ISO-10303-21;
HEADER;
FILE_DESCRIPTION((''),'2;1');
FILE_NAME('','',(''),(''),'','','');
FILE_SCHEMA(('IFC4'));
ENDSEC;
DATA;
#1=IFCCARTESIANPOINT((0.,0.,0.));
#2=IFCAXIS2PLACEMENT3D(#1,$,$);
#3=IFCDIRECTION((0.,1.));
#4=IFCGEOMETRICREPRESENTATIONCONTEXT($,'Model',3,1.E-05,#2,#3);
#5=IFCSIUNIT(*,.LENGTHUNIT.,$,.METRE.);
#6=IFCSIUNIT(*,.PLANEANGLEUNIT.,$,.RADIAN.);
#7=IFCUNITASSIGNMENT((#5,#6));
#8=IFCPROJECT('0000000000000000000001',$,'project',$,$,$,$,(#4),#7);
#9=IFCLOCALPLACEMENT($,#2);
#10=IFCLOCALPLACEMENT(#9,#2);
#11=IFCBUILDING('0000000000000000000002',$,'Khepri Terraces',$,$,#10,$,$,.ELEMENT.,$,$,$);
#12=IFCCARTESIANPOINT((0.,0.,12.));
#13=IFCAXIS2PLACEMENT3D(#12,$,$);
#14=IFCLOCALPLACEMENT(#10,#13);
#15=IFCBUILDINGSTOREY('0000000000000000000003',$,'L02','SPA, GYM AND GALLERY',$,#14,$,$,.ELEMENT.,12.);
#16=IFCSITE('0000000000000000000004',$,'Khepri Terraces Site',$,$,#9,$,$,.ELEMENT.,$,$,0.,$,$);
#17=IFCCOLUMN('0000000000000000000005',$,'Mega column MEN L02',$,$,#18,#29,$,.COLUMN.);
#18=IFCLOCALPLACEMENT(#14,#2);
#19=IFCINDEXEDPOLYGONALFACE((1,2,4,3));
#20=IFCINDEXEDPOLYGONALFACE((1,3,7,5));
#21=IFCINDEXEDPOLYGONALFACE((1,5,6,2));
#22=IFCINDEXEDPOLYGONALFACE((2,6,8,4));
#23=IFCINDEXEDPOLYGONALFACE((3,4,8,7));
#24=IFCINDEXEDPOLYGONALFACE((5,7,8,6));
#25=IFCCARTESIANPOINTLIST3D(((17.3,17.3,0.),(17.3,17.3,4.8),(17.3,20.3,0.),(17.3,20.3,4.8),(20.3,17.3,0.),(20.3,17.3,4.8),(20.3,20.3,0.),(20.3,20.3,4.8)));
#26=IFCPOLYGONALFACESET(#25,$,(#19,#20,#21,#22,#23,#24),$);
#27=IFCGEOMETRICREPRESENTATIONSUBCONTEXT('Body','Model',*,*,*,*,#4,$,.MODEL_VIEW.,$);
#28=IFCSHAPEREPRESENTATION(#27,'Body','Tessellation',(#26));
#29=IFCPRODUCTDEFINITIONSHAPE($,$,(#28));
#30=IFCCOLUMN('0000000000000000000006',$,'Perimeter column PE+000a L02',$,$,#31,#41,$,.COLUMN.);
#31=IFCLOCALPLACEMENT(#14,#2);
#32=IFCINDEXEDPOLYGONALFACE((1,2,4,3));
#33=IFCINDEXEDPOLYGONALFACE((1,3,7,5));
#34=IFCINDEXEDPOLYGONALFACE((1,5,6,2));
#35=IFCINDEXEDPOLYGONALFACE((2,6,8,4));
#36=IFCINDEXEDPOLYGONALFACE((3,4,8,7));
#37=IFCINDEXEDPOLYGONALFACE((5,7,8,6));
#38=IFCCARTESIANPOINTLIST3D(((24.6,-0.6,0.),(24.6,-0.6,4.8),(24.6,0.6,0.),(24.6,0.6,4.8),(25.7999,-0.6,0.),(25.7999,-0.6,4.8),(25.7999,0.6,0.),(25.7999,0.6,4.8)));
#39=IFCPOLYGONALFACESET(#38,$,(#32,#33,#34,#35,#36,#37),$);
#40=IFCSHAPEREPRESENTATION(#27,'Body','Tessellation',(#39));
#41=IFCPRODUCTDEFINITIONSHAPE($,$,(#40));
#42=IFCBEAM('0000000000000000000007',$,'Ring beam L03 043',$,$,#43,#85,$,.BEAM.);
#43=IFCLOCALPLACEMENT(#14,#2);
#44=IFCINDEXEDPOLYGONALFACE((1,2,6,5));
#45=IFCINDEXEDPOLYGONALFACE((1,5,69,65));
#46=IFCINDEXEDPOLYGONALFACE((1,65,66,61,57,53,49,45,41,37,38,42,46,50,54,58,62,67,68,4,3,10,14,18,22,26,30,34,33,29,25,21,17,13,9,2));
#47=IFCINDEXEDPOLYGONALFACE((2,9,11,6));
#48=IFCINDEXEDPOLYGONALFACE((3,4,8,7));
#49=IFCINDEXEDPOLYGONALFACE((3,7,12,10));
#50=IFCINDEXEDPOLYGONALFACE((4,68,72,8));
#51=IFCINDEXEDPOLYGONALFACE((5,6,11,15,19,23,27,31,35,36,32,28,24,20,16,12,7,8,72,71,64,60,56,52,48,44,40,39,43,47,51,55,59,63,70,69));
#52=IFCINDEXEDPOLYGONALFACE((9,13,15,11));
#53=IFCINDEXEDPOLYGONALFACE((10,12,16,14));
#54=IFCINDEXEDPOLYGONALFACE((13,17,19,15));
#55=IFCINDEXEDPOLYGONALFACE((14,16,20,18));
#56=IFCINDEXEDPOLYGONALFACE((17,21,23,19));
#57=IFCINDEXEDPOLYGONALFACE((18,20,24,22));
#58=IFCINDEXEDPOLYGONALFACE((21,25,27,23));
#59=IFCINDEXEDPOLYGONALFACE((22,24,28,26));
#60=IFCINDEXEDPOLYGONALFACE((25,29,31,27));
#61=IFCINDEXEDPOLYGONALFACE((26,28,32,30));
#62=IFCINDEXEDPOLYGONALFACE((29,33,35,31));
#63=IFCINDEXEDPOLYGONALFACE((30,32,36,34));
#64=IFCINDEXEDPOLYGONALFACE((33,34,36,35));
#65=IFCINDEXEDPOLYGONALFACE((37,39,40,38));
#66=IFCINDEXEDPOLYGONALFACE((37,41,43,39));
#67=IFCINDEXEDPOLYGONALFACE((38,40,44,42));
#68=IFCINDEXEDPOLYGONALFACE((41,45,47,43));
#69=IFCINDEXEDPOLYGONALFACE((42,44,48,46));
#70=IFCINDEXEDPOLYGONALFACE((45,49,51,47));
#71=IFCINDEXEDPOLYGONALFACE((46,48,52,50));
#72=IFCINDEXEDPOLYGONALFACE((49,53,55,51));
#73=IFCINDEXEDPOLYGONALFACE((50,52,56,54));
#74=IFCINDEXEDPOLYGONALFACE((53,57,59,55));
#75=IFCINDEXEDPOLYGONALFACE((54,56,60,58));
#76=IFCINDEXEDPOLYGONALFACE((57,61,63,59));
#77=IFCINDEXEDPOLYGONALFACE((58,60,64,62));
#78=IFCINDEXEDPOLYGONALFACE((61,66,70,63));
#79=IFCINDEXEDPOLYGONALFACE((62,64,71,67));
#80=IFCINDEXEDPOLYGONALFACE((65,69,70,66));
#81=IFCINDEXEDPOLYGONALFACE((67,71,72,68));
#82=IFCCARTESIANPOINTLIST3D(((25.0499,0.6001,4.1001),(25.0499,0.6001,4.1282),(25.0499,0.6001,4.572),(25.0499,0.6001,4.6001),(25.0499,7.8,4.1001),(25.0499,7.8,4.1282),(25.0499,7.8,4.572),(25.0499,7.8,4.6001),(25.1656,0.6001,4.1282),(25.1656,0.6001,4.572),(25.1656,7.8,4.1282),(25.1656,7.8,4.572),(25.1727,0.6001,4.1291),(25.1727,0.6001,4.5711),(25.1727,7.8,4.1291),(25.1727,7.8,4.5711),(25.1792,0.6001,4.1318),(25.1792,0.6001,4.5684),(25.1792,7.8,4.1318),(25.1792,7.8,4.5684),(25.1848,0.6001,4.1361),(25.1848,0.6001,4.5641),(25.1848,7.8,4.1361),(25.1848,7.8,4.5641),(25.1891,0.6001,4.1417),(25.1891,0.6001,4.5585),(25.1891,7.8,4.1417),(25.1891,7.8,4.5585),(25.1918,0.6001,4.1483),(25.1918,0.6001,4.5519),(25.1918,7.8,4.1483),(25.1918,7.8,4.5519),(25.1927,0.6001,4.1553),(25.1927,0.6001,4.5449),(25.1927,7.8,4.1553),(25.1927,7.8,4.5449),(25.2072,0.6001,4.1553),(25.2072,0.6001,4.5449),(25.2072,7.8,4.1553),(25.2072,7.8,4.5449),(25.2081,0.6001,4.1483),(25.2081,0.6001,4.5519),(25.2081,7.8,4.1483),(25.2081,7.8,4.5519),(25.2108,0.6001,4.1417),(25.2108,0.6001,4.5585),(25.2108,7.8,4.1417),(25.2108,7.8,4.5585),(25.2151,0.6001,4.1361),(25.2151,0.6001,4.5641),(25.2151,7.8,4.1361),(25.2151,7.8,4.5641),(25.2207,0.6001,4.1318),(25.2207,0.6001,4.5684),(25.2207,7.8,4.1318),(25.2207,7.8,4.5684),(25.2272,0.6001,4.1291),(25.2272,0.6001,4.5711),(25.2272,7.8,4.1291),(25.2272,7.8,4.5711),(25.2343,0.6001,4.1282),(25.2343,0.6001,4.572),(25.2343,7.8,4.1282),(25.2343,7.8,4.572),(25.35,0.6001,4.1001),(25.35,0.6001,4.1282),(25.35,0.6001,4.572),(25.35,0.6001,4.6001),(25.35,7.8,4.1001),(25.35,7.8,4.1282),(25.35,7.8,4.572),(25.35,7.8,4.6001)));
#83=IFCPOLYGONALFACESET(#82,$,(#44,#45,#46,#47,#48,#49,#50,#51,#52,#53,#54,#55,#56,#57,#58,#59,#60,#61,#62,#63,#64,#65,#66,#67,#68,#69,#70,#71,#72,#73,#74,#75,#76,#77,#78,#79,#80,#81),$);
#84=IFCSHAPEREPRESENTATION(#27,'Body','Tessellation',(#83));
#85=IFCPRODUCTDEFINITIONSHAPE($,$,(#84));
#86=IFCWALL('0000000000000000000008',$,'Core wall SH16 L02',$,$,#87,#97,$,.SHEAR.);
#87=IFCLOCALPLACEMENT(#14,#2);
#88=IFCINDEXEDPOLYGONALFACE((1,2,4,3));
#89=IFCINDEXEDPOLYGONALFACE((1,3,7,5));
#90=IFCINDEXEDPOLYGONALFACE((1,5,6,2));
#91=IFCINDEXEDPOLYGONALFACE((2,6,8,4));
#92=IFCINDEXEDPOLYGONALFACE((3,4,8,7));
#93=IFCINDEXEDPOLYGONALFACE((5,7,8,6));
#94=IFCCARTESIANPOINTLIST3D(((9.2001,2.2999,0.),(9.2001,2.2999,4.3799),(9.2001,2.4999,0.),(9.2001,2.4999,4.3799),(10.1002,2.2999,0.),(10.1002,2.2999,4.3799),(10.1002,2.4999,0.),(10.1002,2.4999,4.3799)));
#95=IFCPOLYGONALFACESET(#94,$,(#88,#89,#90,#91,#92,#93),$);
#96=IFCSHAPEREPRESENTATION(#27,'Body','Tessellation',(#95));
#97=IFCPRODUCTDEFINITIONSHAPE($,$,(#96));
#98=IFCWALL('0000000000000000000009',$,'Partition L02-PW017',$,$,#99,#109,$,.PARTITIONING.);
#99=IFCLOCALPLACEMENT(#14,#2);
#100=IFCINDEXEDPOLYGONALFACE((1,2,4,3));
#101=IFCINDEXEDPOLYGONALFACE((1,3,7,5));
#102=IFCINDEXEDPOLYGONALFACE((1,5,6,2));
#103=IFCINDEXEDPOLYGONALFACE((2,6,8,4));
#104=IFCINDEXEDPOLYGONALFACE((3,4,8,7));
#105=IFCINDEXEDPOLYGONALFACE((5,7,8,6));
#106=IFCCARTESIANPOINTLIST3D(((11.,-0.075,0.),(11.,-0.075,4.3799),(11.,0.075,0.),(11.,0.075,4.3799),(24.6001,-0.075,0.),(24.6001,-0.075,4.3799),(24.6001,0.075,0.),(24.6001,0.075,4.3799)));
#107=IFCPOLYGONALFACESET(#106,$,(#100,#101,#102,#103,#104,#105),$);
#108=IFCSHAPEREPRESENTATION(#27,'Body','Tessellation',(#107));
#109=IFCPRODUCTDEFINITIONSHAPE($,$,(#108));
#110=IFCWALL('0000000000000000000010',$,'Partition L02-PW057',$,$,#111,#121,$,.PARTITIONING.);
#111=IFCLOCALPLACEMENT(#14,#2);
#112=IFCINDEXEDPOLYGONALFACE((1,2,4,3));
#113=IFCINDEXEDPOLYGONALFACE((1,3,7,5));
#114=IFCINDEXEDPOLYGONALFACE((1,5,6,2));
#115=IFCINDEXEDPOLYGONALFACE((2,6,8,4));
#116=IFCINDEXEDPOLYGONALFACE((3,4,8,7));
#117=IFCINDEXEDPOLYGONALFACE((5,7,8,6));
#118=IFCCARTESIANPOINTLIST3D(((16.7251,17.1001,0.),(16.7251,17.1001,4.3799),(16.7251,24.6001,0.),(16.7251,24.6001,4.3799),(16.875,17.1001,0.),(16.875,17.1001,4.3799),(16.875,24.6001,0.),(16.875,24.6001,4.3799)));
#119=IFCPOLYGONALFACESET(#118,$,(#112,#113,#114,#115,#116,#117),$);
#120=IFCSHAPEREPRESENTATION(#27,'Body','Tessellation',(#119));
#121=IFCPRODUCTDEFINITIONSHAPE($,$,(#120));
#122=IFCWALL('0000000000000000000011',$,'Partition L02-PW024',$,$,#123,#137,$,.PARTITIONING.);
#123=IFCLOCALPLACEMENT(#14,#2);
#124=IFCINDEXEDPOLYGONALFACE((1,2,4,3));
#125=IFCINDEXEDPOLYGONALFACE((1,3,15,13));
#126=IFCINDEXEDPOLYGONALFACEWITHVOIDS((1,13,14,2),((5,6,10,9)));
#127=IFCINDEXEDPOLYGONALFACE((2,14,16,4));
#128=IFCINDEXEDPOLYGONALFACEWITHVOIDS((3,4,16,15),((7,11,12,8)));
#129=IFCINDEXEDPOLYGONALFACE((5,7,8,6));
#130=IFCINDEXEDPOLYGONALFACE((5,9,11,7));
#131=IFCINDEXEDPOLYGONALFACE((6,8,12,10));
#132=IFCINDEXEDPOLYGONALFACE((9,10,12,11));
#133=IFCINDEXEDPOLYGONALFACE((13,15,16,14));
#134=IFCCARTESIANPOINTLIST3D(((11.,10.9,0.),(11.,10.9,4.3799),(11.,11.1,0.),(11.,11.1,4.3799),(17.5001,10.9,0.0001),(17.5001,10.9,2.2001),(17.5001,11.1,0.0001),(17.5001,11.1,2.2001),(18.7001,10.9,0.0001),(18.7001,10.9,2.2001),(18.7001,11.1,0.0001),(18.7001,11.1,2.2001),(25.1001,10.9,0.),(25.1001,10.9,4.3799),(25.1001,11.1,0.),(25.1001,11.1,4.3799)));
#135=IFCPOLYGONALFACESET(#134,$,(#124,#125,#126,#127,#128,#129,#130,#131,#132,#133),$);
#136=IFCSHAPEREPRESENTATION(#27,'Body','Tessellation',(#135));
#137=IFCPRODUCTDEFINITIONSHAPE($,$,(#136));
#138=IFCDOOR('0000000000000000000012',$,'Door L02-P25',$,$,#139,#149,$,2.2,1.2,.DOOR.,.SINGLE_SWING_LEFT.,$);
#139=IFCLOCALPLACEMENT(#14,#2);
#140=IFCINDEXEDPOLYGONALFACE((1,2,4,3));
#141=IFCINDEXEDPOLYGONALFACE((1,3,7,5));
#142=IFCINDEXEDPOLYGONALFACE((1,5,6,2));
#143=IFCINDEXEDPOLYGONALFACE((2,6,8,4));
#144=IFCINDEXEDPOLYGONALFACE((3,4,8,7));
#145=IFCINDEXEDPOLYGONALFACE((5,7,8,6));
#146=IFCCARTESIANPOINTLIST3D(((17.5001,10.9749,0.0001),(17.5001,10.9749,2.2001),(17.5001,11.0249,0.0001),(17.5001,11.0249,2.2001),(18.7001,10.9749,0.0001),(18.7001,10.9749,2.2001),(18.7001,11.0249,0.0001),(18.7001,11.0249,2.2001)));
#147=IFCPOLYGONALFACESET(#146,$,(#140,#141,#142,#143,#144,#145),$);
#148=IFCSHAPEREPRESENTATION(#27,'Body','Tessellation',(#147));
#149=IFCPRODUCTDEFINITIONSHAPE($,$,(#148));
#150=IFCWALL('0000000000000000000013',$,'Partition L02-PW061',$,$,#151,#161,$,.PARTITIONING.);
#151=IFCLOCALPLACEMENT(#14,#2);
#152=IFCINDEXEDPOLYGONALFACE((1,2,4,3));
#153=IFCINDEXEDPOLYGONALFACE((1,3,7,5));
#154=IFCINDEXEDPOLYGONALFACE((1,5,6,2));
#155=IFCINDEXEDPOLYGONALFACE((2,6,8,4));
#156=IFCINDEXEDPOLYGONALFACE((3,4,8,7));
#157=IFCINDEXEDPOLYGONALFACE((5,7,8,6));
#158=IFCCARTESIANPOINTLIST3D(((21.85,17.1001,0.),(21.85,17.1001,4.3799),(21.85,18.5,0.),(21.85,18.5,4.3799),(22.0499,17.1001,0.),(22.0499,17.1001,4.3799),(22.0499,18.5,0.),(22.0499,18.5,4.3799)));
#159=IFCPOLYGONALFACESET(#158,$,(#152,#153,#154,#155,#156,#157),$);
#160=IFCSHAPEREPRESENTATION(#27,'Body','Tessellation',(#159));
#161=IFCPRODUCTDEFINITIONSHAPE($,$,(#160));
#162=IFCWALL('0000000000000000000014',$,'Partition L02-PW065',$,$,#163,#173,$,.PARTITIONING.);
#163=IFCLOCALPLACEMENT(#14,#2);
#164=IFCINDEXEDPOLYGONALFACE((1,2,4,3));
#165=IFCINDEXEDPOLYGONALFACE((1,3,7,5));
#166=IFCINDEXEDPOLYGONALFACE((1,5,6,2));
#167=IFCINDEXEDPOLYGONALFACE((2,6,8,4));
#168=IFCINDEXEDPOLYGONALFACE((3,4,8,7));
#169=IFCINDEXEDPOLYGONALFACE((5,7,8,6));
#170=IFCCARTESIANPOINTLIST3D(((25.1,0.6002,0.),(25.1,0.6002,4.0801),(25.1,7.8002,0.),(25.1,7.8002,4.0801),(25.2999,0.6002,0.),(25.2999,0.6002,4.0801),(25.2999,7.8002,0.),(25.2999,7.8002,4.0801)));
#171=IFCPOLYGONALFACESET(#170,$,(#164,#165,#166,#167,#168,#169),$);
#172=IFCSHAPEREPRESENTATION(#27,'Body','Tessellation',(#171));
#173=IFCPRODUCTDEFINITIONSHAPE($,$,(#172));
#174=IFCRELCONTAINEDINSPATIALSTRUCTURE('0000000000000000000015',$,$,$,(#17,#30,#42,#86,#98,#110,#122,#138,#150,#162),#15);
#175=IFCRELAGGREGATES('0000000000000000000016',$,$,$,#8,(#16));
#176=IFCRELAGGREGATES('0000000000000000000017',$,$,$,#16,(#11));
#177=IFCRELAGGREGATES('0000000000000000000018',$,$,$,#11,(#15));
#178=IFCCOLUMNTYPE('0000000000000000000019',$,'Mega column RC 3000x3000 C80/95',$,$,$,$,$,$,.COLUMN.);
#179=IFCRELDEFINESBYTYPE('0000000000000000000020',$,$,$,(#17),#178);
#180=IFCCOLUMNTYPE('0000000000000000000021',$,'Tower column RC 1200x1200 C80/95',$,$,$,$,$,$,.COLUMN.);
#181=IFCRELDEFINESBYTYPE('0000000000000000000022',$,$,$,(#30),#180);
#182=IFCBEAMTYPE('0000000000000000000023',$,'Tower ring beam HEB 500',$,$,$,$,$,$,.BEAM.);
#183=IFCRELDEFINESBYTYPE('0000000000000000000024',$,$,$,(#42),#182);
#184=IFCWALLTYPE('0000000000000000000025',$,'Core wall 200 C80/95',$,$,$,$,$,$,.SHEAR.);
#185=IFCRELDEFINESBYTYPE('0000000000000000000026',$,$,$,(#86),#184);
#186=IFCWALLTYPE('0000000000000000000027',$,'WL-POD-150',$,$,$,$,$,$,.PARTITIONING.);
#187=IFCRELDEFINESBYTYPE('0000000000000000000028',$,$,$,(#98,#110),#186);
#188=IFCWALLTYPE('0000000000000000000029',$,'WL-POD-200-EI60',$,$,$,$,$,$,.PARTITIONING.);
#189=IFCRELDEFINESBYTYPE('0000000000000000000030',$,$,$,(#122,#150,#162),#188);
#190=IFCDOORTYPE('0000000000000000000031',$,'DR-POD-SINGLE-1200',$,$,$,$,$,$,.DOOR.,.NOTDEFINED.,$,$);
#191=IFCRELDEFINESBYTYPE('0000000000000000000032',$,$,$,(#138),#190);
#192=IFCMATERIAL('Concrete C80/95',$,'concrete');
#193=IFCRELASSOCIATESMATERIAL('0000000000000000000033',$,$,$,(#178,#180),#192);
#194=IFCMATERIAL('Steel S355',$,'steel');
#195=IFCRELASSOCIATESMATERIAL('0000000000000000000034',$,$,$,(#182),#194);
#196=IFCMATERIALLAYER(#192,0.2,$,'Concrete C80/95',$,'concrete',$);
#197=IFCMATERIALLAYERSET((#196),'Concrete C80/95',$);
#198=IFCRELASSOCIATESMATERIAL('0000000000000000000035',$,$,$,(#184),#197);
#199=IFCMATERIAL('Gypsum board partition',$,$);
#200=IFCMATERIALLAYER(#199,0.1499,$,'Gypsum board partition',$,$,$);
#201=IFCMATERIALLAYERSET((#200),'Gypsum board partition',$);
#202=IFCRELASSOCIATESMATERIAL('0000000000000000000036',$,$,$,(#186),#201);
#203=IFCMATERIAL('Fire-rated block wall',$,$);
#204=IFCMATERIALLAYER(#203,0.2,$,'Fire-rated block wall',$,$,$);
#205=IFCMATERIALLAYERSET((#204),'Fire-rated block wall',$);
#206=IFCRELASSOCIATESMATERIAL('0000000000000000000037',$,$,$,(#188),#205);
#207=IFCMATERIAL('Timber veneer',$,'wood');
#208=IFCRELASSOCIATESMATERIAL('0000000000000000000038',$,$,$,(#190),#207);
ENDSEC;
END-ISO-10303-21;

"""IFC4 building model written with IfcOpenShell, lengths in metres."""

from ifc_helpers import new_model, si_unit, direction, frame, frame_2d, origin, origin_2d, place, context, subcontext, project, spatial, rectangle, i_section, extrude, material, layer, layer_set, material_profile, profile_set, type_object, element, fill, save


model = new_model("IFC4")

# Units and contexts
model_context = context("Model", 3, precision=1e-05, world=origin(), true_north=direction((0.0, 1.0)))
body_context = subcontext(model_context, "Body", "Model", "MODEL_VIEW")
ifc_project = project(units=[si_unit("LENGTHUNIT", "METRE"), si_unit("PLANEANGLEUNIT", "RADIAN")], contexts=[model_context])

# Site, building, storey
site_placement = place(None, origin())
site = spatial("IfcSite", under=ifc_project, at=site_placement, Name="Khepri Terraces Site", CompositionType="ELEMENT", RefElevation=0.0)
building_placement = place(site_placement, origin())
building = spatial("IfcBuilding", under=site, at=building_placement, Name="Khepri Terraces", CompositionType="ELEMENT")
storey_placement = place(building_placement, frame((0.0, 0.0, 12.0)))
storey = spatial("IfcBuildingStorey", under=building, at=storey_placement, Name="L02", Description="SPA, GYM AND GALLERY", CompositionType="ELEMENT", Elevation=12.0)

# Columns
ifc_material_1 = material(Name="Concrete C80/95", Category="concrete")
ifc_material_profile_1 = material_profile(ifc_material_1, rectangle(XDim=3.0, YDim=3.0, at=origin_2d()), Name="Concrete C80/95", Category="concrete")
ifc_profile_set_1 = profile_set([ifc_material_profile_1], Name="Concrete C80/95")
column_type_1 = type_object("IfcColumnType", Name="Mega column RC 3000x3000 C80/95", PredefinedType="COLUMN", material=ifc_profile_set_1)
column_1_placement = place(storey_placement, frame((18.8, 18.8, 0.0), z_axis=(0.0, 0.0, 1.0), x_axis=(1.0, 0.0, 0.0)))
element("IfcColumn", 1, at=column_1_placement, inside=storey, type_object=column_type_1, Name="Mega column MEN L02", PredefinedType="COLUMN", context=body_context, shape_type="SweptSolid", body=[
    extrude(rectangle(XDim=3.0, YDim=3.0, at=origin_2d()), origin(), (0.0, 0.0, 1.0), 4.8),
])
ifc_material_profile_2 = material_profile(ifc_material_1, rectangle(XDim=1.2, YDim=1.2, at=origin_2d()), Name="Concrete C80/95", Category="concrete")
ifc_profile_set_2 = profile_set([ifc_material_profile_2], Name="Concrete C80/95")
column_type_2 = type_object("IfcColumnType", Name="Tower column RC 1200x1200 C80/95", PredefinedType="COLUMN", material=ifc_profile_set_2)
column_2_placement = place(storey_placement, frame((25.2, 0.0, 0.0), z_axis=(0.0, 0.0, 1.0), x_axis=(1.0, 0.0, 0.0)))
element("IfcColumn", 2, at=column_2_placement, inside=storey, type_object=column_type_2, Name="Perimeter column PE+000a L02", PredefinedType="COLUMN", context=body_context, shape_type="SweptSolid", body=[
    extrude(rectangle(XDim=1.2, YDim=1.2, at=origin_2d()), origin(), (0.0, 0.0, 1.0), 4.8),
])

# Beam
ifc_material_2 = material(Name="Steel S355", Category="steel")
ifc_material_profile_3 = material_profile(ifc_material_2, i_section(OverallWidth=0.3, OverallDepth=0.5, WebThickness=0.0144, FlangeThickness=0.0281, FilletRadius=0.0271, at=origin_2d()), Name="Steel S355", Category="steel")
ifc_profile_set_3 = profile_set([ifc_material_profile_3], Name="Steel S355")
beam_type = type_object("IfcBeamType", Name="Tower ring beam HEB 500", PredefinedType="BEAM", material=ifc_profile_set_3)
beam_placement = place(storey_placement, frame((25.2, 0.6001, 4.3501), z_axis=(0.0, 1.0, 0.0), x_axis=(-1.0, 0.0, 0.0)))
element("IfcBeam", 3, at=beam_placement, inside=storey, type_object=beam_type, Name="Ring beam L03 043", PredefinedType="BEAM", context=body_context, shape_type="SweptSolid", body=[
    extrude(i_section(OverallWidth=0.3, OverallDepth=0.5, WebThickness=0.0144, FlangeThickness=0.0281, FilletRadius=0.0271, at=origin_2d()), origin(), (0.0, 0.0, 1.0), 7.2),
])

# Walls
ifc_layer_1 = layer(ifc_material_1, 0.2, Name="Concrete C80/95", Category="concrete")
ifc_layer_set_1 = layer_set([ifc_layer_1], Name="Concrete C80/95")
wall_type_1 = type_object("IfcWallType", Name="Core wall 200 C80/95", PredefinedType="SHEAR", material=ifc_layer_set_1)
wall_1_placement = place(storey_placement, frame((9.2, 2.3999, 0.0), z_axis=(0.0, 0.0, 1.0), x_axis=(1.0, 0.0, 0.0)))
element("IfcWall", 4, at=wall_1_placement, inside=storey, type_object=wall_type_1, Name="Core wall SH16 L02", PredefinedType="SHEAR", context=body_context, shape_type="SweptSolid", body=[
    extrude(rectangle(XDim=0.9001, YDim=0.2, at=frame_2d((0.4502, 0.0))), origin(), (0.0, 0.0, 1.0), 4.3799),
])
ifc_material_3 = material(Name="Gypsum board partition")
ifc_layer_2 = layer(ifc_material_3, 0.1499, Name="Gypsum board partition")
ifc_layer_set_2 = layer_set([ifc_layer_2], Name="Gypsum board partition")
wall_type_2 = type_object("IfcWallType", Name="WL-POD-150", PredefinedType="PARTITIONING", material=ifc_layer_set_2)
wall_2_placement = place(storey_placement, frame((11.0, 0.0, 0.0), z_axis=(0.0, 0.0, 1.0), x_axis=(1.0, 0.0, 0.0)))
element("IfcWall", 5, at=wall_2_placement, inside=storey, type_object=wall_type_2, Name="Partition L02-PW017", PredefinedType="PARTITIONING", context=body_context, shape_type="SweptSolid", body=[
    extrude(rectangle(XDim=13.6001, YDim=0.1499, at=frame_2d((6.8, 0.0))), origin(), (0.0, 0.0, 1.0), 4.3799),
])
wall_3_placement = place(storey_placement, frame((16.8, 17.1001, 0.0), z_axis=(0.0, 0.0, 1.0), x_axis=(0.0, 1.0, 0.0)))
element("IfcWall", 6, at=wall_3_placement, inside=storey, type_object=wall_type_2, Name="Partition L02-PW057", PredefinedType="PARTITIONING", context=body_context, shape_type="SweptSolid", body=[
    extrude(rectangle(XDim=7.5, YDim=0.1499, at=frame_2d((3.75, 0.0))), origin(), (0.0, 0.0, 1.0), 4.3799),
])

# Wall, opening, door
ifc_material_4 = material(Name="Fire-rated block wall")
ifc_layer_3 = layer(ifc_material_4, 0.2, Name="Fire-rated block wall")
ifc_layer_set_3 = layer_set([ifc_layer_3], Name="Fire-rated block wall")
wall_type_3 = type_object("IfcWallType", Name="WL-POD-200-EI60", PredefinedType="PARTITIONING", material=ifc_layer_set_3)
wall_4_placement = place(storey_placement, frame((11.0, 11.0, 0.0), z_axis=(0.0, 0.0, 1.0), x_axis=(1.0, 0.0, 0.0)))
wall_4 = element("IfcWall", 7, at=wall_4_placement, inside=storey, type_object=wall_type_3, Name="Partition L02-PW024", PredefinedType="PARTITIONING", context=body_context, shape_type="SweptSolid", body=[
    extrude(rectangle(XDim=14.1001, YDim=0.2, at=frame_2d((7.05, 0.0))), origin(), (0.0, 0.0, 1.0), 4.3799),
])
opening_1_placement = place(wall_4_placement, frame((6.5, 0.0, 0.0)))
opening_1 = element("IfcOpeningElement", 8, at=opening_1_placement, cuts=wall_4, PredefinedType="OPENING", context=body_context, shape_type="SweptSolid", body=[
    extrude(rectangle(XDim=1.2, YDim=2.2, at=frame_2d((0.6001, 1.1001))), frame((0.0, 0.1099, 0.0), z_axis=(0.0, -1.0, 0.0), x_axis=(1.0, 0.0, 0.0)), (0.0, 0.0, 1.0), 0.22),
])
ifc_material_5 = material(Name="Timber veneer", Category="wood")
door_type_1 = type_object("IfcDoorType", Name="DR-POD-SINGLE-1200", OperationType="NOTDEFINED", PredefinedType="DOOR", material=ifc_material_5)
door_1_placement = place(opening_1_placement, origin())
door_1 = element("IfcDoor", 9, at=door_1_placement, inside=storey, type_object=door_type_1, Name="Door L02-P25", OperationType="SINGLE_SWING_LEFT", OverallHeight=2.2, OverallWidth=1.2, PredefinedType="DOOR", context=body_context, shape_type="SweptSolid", body=[
    extrude(rectangle(XDim=1.2, YDim=2.2, at=frame_2d((0.6001, 1.1001))), frame((0.0, 0.0249, 0.0), z_axis=(0.0, -1.0, 0.0), x_axis=(1.0, 0.0, 0.0)), (0.0, 0.0, 1.0), 0.05),
])
fill(opening_1, door_1)

# Walls
wall_5_placement = place(storey_placement, frame((21.95, 17.1001, 0.0), z_axis=(0.0, 0.0, 1.0), x_axis=(0.0, 1.0, 0.0)))
element("IfcWall", 10, at=wall_5_placement, inside=storey, type_object=wall_type_3, Name="Partition L02-PW061", PredefinedType="PARTITIONING", context=body_context, shape_type="SweptSolid", body=[
    extrude(rectangle(XDim=1.3999, YDim=0.2, at=frame_2d((0.7, 0.0))), origin(), (0.0, 0.0, 1.0), 4.3799),
])
wall_6_placement = place(storey_placement, frame((25.2, 0.6001, 0.0), z_axis=(0.0, 0.0, 1.0), x_axis=(0.0, 1.0, 0.0)))
element("IfcWall", 11, at=wall_6_placement, inside=storey, type_object=wall_type_3, Name="Partition L02-PW065", PredefinedType="PARTITIONING", context=body_context, shape_type="SweptSolid", body=[
    extrude(rectangle(XDim=7.2, YDim=0.2, at=frame_2d((3.6001, 0.0))), origin(), (0.0, 0.0, 1.0), 4.0801),
])

save(model, "model.ifc")
